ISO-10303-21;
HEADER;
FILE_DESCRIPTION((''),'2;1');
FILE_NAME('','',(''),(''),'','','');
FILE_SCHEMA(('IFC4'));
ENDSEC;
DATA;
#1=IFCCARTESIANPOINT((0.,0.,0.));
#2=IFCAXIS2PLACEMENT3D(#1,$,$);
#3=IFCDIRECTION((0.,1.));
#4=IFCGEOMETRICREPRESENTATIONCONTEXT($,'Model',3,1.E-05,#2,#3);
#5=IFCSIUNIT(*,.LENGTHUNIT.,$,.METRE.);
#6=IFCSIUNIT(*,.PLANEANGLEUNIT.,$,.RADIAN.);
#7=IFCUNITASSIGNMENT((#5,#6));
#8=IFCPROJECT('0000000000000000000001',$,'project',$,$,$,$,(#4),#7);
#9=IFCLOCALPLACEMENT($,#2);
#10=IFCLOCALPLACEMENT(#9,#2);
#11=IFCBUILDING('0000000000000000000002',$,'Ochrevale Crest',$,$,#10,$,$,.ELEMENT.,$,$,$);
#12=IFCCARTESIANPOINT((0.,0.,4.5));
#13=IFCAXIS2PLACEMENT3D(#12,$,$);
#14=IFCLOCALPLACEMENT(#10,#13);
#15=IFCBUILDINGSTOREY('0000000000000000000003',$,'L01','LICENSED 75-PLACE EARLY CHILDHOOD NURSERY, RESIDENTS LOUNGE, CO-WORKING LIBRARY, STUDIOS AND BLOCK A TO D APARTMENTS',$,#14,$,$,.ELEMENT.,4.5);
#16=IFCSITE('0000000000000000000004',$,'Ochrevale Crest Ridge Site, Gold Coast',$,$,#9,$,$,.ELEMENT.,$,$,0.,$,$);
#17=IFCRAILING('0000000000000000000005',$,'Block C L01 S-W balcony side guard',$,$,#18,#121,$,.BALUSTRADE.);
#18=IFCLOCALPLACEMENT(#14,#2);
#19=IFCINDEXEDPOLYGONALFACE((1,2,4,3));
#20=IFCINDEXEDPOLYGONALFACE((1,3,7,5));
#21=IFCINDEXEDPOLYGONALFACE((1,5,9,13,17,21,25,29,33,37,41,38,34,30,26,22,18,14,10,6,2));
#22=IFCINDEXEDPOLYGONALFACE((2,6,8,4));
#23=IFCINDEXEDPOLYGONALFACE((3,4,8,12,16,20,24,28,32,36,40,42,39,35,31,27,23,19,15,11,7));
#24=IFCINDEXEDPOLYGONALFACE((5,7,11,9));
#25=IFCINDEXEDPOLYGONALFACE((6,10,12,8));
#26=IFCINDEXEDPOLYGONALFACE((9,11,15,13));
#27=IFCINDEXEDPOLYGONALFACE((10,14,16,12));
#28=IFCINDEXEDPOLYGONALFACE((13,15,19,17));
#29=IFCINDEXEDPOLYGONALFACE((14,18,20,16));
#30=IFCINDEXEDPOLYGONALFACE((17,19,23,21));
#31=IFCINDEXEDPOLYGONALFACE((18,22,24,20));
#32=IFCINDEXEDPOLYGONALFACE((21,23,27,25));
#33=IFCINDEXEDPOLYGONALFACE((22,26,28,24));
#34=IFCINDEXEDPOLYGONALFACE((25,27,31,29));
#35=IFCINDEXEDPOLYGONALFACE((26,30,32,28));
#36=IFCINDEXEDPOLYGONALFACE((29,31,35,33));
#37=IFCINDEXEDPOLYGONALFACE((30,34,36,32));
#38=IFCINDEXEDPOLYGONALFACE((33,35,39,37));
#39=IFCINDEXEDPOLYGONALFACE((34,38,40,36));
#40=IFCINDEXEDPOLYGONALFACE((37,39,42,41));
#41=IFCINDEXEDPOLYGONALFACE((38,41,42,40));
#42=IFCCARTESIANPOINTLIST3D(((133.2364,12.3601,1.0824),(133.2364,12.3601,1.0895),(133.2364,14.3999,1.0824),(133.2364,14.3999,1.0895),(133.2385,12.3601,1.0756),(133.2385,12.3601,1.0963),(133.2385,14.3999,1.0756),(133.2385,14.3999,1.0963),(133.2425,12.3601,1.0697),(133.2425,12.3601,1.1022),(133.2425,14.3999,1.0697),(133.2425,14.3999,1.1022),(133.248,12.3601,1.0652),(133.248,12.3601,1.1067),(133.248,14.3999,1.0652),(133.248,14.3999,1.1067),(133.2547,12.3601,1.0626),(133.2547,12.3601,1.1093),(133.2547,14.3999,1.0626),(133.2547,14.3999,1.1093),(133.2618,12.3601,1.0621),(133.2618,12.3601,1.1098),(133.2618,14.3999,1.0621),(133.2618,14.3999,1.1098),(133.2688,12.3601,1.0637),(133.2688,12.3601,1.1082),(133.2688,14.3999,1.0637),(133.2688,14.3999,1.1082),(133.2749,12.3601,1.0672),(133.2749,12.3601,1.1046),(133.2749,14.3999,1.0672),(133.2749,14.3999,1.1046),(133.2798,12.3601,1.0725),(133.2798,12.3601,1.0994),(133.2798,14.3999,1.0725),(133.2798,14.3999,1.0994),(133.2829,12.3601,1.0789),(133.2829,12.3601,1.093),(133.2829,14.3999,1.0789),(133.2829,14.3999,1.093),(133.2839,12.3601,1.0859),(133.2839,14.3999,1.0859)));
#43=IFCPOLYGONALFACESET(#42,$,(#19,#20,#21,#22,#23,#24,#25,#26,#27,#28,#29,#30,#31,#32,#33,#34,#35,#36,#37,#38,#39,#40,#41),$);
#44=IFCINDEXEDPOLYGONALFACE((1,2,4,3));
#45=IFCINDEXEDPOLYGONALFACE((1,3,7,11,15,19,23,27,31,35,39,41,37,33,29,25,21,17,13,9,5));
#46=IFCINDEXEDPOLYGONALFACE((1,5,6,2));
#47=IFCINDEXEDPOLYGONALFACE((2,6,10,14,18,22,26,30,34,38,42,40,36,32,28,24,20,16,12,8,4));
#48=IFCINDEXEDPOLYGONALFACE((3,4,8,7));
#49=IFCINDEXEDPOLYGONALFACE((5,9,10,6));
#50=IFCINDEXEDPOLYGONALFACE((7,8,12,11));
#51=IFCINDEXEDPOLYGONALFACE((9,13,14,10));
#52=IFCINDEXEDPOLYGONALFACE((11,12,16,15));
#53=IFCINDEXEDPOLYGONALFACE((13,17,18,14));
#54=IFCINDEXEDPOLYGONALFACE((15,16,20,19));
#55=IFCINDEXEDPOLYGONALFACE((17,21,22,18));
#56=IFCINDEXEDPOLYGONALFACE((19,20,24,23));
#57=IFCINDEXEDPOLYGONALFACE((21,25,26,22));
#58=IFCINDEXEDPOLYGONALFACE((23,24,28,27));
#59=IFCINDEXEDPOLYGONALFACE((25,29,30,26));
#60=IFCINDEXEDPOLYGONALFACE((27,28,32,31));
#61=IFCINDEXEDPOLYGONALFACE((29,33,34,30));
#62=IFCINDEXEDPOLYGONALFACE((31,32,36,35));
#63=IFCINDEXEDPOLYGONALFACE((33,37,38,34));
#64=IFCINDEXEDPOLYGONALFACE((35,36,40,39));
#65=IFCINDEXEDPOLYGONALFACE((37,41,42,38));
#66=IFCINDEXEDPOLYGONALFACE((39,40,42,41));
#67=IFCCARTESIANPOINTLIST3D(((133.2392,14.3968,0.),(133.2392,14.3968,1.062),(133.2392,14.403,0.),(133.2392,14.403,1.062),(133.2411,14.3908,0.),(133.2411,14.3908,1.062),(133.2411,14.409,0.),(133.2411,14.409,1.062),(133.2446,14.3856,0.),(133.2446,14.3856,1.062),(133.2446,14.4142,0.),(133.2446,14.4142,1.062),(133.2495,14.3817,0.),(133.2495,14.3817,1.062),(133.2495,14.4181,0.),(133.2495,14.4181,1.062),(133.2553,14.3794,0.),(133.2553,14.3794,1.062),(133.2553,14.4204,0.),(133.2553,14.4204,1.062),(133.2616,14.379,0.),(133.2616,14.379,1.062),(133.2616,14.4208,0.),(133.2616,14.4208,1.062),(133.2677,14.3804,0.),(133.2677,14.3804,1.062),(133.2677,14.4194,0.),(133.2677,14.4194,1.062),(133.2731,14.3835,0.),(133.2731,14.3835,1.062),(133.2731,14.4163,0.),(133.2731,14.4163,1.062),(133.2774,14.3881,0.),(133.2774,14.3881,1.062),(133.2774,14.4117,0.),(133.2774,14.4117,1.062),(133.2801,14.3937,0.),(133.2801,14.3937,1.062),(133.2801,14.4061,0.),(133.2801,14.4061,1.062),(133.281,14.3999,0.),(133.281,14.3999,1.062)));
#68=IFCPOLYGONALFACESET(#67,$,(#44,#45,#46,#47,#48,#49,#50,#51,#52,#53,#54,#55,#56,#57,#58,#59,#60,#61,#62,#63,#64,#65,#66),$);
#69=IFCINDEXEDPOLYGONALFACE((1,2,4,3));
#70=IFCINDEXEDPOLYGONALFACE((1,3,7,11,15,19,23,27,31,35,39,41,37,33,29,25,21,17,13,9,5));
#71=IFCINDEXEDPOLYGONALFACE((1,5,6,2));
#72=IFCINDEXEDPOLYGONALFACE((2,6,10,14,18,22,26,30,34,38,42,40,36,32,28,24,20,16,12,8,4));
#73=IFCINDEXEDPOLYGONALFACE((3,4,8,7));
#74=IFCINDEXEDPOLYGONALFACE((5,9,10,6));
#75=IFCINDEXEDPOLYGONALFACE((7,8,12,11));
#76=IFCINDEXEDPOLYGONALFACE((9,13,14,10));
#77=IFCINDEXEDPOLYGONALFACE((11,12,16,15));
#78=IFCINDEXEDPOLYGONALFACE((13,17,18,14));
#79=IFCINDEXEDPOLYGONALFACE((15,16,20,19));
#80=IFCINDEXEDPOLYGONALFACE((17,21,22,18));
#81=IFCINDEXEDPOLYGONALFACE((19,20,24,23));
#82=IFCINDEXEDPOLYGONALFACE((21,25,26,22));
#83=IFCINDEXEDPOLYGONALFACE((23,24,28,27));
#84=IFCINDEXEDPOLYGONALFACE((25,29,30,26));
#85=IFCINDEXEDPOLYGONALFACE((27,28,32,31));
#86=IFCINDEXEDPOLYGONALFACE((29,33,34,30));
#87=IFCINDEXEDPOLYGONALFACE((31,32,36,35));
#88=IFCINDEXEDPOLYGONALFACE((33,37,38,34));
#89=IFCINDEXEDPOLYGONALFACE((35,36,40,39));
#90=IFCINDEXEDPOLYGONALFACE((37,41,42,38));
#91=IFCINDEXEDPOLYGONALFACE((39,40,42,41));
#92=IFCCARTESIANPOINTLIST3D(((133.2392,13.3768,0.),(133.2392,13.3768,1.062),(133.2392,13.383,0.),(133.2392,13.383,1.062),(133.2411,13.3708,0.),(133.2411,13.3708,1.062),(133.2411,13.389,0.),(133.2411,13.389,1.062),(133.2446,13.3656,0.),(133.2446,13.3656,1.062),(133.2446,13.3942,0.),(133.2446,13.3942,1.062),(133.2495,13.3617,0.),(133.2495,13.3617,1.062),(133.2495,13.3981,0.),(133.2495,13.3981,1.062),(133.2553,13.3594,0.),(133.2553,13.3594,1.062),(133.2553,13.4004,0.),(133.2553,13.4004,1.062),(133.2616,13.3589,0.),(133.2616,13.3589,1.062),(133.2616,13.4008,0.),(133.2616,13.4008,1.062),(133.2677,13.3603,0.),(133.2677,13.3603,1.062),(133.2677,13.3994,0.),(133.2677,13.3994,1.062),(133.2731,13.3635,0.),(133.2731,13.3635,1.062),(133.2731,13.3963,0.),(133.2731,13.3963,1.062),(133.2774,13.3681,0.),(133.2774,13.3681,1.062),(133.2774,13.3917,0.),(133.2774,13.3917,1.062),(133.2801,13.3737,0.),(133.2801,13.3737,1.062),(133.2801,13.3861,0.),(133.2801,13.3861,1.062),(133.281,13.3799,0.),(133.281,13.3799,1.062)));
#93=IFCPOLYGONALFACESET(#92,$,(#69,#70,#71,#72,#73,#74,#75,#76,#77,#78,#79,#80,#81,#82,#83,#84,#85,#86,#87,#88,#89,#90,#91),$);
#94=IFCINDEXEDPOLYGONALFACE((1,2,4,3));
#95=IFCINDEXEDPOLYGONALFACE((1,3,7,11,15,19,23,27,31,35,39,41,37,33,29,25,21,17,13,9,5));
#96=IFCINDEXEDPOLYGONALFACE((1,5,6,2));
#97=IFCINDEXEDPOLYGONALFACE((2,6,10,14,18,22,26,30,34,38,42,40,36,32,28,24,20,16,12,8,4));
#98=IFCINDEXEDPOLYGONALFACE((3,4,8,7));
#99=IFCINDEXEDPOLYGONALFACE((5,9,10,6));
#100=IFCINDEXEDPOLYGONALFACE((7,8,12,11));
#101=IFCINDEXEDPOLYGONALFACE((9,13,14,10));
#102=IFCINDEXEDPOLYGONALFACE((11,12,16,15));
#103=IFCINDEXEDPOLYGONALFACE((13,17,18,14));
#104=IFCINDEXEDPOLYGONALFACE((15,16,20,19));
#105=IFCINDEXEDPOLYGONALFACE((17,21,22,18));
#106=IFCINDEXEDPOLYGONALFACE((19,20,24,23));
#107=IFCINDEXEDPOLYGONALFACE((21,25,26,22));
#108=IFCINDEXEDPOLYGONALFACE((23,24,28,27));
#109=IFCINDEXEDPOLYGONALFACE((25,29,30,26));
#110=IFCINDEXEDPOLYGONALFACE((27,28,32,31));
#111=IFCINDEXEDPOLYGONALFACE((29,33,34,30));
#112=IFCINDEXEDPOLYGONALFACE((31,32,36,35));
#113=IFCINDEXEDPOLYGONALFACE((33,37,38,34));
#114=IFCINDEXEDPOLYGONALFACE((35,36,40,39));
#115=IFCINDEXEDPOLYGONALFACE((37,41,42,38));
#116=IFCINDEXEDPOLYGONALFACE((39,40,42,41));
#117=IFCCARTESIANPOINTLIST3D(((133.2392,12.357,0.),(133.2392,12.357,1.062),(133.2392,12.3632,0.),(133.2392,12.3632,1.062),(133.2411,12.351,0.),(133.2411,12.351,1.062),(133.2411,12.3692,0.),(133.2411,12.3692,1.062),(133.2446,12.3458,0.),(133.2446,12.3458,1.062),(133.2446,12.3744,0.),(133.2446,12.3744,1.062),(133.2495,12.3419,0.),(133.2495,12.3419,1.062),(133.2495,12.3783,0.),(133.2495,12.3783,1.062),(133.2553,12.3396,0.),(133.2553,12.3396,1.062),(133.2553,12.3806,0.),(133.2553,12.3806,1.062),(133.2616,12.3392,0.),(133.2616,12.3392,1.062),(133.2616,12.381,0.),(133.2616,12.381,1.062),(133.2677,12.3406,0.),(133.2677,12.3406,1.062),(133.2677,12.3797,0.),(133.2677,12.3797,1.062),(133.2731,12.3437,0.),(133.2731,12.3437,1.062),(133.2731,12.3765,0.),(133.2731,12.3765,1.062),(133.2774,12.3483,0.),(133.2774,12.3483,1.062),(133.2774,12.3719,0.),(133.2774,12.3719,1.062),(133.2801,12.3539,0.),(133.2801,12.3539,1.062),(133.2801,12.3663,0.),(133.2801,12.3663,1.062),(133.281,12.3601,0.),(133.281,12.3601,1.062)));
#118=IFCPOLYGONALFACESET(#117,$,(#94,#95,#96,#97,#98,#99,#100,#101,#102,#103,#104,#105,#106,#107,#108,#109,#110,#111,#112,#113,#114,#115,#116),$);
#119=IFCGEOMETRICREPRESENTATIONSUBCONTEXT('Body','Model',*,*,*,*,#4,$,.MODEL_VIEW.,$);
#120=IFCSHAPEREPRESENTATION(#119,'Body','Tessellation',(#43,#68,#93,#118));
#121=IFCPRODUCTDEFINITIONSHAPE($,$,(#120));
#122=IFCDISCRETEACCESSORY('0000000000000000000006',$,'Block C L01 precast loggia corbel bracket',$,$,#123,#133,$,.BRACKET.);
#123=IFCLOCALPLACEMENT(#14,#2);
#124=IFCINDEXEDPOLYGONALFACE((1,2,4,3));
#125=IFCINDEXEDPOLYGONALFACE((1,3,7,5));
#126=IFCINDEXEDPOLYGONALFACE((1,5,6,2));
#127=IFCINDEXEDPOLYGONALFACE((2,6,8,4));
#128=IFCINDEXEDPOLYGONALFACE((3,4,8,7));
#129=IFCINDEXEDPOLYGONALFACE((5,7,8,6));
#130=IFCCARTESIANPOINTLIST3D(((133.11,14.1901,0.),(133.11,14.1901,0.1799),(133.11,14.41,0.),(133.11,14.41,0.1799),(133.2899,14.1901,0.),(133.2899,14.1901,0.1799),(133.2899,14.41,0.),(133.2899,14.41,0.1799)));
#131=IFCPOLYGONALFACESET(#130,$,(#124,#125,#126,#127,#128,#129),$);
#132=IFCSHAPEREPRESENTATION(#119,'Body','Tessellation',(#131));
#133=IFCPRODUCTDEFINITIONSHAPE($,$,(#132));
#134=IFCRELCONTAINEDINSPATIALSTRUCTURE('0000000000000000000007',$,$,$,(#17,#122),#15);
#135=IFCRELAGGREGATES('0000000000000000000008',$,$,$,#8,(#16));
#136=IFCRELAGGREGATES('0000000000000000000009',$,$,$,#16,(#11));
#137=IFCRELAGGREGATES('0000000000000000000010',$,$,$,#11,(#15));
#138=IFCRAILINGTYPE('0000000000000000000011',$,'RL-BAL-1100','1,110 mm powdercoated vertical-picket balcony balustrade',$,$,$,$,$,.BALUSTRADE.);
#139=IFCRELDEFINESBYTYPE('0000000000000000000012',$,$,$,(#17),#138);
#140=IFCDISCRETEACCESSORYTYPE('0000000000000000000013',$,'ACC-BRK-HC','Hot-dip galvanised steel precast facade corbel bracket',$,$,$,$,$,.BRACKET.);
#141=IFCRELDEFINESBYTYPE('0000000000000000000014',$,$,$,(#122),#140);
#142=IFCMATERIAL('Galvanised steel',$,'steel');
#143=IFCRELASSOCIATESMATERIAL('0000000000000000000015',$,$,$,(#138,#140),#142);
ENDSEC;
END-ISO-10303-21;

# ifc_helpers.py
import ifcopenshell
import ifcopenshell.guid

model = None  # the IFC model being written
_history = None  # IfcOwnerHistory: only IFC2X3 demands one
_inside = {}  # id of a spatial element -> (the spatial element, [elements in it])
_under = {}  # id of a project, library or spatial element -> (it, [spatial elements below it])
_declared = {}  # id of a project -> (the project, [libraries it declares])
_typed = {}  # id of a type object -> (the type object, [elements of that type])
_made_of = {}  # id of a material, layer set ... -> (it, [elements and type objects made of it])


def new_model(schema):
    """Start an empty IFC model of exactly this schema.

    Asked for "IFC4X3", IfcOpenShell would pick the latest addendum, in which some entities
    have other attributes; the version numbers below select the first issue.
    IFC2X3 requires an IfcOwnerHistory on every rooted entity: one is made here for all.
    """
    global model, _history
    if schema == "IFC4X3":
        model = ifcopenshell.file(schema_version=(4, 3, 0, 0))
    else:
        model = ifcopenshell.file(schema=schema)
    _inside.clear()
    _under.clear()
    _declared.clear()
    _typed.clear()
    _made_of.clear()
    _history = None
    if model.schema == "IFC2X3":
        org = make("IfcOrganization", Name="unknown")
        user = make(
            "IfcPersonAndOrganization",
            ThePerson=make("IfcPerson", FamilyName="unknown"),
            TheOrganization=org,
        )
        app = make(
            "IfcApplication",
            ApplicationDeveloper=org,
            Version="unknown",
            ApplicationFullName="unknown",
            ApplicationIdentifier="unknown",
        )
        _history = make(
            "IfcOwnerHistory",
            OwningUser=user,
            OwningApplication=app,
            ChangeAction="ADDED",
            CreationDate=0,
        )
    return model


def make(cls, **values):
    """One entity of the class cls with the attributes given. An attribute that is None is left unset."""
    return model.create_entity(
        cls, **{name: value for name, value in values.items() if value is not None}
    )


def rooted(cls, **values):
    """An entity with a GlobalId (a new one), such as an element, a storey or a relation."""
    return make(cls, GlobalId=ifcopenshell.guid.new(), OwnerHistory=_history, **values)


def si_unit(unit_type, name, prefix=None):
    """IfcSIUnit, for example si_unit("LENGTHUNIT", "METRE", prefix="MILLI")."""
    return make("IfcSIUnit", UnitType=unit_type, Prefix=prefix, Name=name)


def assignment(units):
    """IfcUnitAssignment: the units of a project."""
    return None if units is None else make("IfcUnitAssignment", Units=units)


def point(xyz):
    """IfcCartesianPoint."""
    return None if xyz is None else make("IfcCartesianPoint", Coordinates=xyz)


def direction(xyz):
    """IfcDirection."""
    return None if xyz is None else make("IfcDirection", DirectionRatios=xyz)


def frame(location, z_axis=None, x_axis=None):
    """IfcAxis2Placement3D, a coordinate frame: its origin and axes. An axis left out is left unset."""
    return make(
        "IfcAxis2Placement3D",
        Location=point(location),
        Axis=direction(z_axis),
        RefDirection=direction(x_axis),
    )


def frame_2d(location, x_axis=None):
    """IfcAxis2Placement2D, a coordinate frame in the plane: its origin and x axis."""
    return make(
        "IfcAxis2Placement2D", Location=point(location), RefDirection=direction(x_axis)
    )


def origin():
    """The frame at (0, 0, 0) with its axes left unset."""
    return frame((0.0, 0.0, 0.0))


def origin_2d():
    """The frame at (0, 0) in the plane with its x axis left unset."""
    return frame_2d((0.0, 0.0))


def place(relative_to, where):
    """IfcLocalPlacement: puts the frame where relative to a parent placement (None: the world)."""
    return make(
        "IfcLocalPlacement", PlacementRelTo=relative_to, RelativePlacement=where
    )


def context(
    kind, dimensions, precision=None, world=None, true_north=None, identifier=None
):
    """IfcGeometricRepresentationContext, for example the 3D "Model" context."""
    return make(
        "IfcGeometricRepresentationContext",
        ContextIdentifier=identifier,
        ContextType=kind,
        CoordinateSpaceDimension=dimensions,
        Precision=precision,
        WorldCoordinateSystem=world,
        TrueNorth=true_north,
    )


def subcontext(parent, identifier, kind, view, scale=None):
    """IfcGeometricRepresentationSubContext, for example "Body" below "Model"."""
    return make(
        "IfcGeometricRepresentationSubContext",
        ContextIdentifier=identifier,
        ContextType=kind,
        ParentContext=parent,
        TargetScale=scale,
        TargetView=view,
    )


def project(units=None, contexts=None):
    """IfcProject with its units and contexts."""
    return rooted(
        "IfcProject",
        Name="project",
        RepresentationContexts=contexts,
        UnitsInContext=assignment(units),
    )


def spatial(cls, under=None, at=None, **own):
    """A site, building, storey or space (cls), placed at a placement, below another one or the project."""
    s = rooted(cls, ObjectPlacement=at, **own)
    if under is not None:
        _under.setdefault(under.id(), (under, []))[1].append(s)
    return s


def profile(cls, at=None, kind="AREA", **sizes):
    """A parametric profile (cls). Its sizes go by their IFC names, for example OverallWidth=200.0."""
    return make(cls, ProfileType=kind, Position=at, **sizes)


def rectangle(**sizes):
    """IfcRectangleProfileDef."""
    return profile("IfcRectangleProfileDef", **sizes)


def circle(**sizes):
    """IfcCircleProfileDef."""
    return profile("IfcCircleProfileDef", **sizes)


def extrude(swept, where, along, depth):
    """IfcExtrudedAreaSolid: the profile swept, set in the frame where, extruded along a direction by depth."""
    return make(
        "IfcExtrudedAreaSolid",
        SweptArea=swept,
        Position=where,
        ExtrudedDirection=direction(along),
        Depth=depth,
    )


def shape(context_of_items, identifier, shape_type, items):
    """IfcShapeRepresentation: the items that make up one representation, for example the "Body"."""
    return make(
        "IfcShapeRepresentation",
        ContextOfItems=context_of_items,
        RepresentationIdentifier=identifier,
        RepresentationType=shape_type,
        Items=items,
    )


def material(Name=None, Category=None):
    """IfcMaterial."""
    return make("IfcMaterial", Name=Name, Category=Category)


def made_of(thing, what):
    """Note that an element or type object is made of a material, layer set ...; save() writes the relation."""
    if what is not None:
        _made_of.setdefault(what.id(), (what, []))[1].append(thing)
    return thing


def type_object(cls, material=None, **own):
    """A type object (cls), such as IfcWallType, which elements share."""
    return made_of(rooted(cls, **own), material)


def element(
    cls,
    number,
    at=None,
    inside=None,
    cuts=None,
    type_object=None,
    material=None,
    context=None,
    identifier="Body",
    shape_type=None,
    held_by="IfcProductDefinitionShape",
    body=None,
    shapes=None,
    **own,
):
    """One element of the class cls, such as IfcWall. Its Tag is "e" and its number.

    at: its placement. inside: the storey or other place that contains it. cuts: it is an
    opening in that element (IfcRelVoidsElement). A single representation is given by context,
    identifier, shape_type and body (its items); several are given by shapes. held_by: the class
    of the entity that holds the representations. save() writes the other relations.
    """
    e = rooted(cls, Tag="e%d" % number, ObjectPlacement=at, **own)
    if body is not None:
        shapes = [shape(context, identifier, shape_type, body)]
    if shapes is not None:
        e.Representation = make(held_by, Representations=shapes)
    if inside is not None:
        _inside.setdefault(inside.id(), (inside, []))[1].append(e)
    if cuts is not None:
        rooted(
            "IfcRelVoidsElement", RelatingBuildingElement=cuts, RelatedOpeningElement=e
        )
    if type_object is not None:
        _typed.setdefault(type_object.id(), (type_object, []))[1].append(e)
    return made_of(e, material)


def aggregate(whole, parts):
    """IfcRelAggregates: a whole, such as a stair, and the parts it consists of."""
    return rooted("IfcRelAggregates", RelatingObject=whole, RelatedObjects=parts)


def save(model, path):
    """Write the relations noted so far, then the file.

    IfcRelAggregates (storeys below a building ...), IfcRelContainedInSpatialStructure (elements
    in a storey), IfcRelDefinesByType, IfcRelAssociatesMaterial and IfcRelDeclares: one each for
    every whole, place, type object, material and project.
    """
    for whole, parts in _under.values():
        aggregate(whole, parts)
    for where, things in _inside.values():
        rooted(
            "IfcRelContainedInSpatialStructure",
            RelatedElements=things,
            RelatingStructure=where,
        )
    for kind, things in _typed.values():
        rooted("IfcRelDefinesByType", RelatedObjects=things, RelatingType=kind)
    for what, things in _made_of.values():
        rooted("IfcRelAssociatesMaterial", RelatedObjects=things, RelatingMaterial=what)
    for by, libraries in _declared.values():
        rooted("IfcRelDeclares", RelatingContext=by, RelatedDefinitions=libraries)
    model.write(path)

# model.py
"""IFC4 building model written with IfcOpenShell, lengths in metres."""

from ifc_helpers import new_model, si_unit, direction, frame, origin, origin_2d, place, context, subcontext, project, spatial, rectangle, circle, extrude, material, type_object, element, save


model = new_model("IFC4")

# Units and contexts
model_context = context("Model", 3, precision=1e-05, world=origin(), true_north=direction((0.0, 1.0)))
body_context = subcontext(model_context, "Body", "Model", "MODEL_VIEW")
ifc_project = project(units=[si_unit("LENGTHUNIT", "METRE"), si_unit("PLANEANGLEUNIT", "RADIAN")], contexts=[model_context])

# Site, building, storey
site_placement = place(None, origin())
site = spatial("IfcSite", under=ifc_project, at=site_placement, Name="Ochrevale Crest Ridge Site, Gold Coast", CompositionType="ELEMENT", RefElevation=0.0)
building_placement = place(site_placement, origin())
building = spatial("IfcBuilding", under=site, at=building_placement, Name="Ochrevale Crest", CompositionType="ELEMENT")
storey_placement = place(building_placement, frame((0.0, 0.0, 4.5)))
storey = spatial("IfcBuildingStorey", under=building, at=storey_placement, Name="L01", Description="LICENSED 75-PLACE EARLY CHILDHOOD NURSERY, RESIDENTS LOUNGE, CO-WORKING LIBRARY, STUDIOS AND BLOCK A TO D APARTMENTS", CompositionType="ELEMENT", Elevation=4.5)

# Railing
ifc_material_1 = material(Name="Galvanised steel", Category="steel")
railing_type = type_object("IfcRailingType", Name="RL-BAL-1100", Description="1,110 mm powdercoated vertical-picket balcony balustrade", PredefinedType="BALUSTRADE", material=ifc_material_1)
railing_1_placement = place(storey_placement, frame((133.26, 14.3999, 0.0)))
element("IfcRailing", 1, at=railing_1_placement, inside=storey, type_object=railing_type, Name="Block C L01 S-W balcony side guard", PredefinedType="BALUSTRADE", context=body_context, shape_type="SweptSolid", body=[
    extrude(circle(Radius=0.0239, at=origin_2d()), frame((0.0, 0.0, 1.0859), z_axis=(0.0, -1.0, 0.0), x_axis=(1.0, 0.0, 0.0)), (0.0, 0.0, 1.0), 2.0398),
    extrude(circle(Radius=0.021, at=origin_2d()), origin(), (0.0, 0.0, 1.0), 1.062),
    extrude(circle(Radius=0.021, at=origin_2d()), frame((0.0, -1.02, 0.0)), (0.0, 0.0, 1.0), 1.062),
    extrude(circle(Radius=0.021, at=origin_2d()), frame((0.0, -2.0398, 0.0)), (0.0, 0.0, 1.0), 1.062),
])

# Discrete accessory
discrete_accessory_type = type_object("IfcDiscreteAccessoryType", Name="ACC-BRK-HC", Description="Hot-dip galvanised steel precast facade corbel bracket", PredefinedType="BRACKET", material=ifc_material_1)
discrete_accessory_placement = place(storey_placement, frame((133.2, 14.3, 0.0), z_axis=(0.0, 0.0, 1.0), x_axis=(1.0, 0.0, 0.0)))
element("IfcDiscreteAccessory", 2, at=discrete_accessory_placement, inside=storey, type_object=discrete_accessory_type, Name="Block C L01 precast loggia corbel bracket", PredefinedType="BRACKET", context=body_context, shape_type="SweptSolid", body=[
    extrude(rectangle(XDim=0.1799, YDim=0.22, at=origin_2d()), origin(), (0.0, 0.0, 1.0), 0.1799),
])

save(model, "model.ifc")
